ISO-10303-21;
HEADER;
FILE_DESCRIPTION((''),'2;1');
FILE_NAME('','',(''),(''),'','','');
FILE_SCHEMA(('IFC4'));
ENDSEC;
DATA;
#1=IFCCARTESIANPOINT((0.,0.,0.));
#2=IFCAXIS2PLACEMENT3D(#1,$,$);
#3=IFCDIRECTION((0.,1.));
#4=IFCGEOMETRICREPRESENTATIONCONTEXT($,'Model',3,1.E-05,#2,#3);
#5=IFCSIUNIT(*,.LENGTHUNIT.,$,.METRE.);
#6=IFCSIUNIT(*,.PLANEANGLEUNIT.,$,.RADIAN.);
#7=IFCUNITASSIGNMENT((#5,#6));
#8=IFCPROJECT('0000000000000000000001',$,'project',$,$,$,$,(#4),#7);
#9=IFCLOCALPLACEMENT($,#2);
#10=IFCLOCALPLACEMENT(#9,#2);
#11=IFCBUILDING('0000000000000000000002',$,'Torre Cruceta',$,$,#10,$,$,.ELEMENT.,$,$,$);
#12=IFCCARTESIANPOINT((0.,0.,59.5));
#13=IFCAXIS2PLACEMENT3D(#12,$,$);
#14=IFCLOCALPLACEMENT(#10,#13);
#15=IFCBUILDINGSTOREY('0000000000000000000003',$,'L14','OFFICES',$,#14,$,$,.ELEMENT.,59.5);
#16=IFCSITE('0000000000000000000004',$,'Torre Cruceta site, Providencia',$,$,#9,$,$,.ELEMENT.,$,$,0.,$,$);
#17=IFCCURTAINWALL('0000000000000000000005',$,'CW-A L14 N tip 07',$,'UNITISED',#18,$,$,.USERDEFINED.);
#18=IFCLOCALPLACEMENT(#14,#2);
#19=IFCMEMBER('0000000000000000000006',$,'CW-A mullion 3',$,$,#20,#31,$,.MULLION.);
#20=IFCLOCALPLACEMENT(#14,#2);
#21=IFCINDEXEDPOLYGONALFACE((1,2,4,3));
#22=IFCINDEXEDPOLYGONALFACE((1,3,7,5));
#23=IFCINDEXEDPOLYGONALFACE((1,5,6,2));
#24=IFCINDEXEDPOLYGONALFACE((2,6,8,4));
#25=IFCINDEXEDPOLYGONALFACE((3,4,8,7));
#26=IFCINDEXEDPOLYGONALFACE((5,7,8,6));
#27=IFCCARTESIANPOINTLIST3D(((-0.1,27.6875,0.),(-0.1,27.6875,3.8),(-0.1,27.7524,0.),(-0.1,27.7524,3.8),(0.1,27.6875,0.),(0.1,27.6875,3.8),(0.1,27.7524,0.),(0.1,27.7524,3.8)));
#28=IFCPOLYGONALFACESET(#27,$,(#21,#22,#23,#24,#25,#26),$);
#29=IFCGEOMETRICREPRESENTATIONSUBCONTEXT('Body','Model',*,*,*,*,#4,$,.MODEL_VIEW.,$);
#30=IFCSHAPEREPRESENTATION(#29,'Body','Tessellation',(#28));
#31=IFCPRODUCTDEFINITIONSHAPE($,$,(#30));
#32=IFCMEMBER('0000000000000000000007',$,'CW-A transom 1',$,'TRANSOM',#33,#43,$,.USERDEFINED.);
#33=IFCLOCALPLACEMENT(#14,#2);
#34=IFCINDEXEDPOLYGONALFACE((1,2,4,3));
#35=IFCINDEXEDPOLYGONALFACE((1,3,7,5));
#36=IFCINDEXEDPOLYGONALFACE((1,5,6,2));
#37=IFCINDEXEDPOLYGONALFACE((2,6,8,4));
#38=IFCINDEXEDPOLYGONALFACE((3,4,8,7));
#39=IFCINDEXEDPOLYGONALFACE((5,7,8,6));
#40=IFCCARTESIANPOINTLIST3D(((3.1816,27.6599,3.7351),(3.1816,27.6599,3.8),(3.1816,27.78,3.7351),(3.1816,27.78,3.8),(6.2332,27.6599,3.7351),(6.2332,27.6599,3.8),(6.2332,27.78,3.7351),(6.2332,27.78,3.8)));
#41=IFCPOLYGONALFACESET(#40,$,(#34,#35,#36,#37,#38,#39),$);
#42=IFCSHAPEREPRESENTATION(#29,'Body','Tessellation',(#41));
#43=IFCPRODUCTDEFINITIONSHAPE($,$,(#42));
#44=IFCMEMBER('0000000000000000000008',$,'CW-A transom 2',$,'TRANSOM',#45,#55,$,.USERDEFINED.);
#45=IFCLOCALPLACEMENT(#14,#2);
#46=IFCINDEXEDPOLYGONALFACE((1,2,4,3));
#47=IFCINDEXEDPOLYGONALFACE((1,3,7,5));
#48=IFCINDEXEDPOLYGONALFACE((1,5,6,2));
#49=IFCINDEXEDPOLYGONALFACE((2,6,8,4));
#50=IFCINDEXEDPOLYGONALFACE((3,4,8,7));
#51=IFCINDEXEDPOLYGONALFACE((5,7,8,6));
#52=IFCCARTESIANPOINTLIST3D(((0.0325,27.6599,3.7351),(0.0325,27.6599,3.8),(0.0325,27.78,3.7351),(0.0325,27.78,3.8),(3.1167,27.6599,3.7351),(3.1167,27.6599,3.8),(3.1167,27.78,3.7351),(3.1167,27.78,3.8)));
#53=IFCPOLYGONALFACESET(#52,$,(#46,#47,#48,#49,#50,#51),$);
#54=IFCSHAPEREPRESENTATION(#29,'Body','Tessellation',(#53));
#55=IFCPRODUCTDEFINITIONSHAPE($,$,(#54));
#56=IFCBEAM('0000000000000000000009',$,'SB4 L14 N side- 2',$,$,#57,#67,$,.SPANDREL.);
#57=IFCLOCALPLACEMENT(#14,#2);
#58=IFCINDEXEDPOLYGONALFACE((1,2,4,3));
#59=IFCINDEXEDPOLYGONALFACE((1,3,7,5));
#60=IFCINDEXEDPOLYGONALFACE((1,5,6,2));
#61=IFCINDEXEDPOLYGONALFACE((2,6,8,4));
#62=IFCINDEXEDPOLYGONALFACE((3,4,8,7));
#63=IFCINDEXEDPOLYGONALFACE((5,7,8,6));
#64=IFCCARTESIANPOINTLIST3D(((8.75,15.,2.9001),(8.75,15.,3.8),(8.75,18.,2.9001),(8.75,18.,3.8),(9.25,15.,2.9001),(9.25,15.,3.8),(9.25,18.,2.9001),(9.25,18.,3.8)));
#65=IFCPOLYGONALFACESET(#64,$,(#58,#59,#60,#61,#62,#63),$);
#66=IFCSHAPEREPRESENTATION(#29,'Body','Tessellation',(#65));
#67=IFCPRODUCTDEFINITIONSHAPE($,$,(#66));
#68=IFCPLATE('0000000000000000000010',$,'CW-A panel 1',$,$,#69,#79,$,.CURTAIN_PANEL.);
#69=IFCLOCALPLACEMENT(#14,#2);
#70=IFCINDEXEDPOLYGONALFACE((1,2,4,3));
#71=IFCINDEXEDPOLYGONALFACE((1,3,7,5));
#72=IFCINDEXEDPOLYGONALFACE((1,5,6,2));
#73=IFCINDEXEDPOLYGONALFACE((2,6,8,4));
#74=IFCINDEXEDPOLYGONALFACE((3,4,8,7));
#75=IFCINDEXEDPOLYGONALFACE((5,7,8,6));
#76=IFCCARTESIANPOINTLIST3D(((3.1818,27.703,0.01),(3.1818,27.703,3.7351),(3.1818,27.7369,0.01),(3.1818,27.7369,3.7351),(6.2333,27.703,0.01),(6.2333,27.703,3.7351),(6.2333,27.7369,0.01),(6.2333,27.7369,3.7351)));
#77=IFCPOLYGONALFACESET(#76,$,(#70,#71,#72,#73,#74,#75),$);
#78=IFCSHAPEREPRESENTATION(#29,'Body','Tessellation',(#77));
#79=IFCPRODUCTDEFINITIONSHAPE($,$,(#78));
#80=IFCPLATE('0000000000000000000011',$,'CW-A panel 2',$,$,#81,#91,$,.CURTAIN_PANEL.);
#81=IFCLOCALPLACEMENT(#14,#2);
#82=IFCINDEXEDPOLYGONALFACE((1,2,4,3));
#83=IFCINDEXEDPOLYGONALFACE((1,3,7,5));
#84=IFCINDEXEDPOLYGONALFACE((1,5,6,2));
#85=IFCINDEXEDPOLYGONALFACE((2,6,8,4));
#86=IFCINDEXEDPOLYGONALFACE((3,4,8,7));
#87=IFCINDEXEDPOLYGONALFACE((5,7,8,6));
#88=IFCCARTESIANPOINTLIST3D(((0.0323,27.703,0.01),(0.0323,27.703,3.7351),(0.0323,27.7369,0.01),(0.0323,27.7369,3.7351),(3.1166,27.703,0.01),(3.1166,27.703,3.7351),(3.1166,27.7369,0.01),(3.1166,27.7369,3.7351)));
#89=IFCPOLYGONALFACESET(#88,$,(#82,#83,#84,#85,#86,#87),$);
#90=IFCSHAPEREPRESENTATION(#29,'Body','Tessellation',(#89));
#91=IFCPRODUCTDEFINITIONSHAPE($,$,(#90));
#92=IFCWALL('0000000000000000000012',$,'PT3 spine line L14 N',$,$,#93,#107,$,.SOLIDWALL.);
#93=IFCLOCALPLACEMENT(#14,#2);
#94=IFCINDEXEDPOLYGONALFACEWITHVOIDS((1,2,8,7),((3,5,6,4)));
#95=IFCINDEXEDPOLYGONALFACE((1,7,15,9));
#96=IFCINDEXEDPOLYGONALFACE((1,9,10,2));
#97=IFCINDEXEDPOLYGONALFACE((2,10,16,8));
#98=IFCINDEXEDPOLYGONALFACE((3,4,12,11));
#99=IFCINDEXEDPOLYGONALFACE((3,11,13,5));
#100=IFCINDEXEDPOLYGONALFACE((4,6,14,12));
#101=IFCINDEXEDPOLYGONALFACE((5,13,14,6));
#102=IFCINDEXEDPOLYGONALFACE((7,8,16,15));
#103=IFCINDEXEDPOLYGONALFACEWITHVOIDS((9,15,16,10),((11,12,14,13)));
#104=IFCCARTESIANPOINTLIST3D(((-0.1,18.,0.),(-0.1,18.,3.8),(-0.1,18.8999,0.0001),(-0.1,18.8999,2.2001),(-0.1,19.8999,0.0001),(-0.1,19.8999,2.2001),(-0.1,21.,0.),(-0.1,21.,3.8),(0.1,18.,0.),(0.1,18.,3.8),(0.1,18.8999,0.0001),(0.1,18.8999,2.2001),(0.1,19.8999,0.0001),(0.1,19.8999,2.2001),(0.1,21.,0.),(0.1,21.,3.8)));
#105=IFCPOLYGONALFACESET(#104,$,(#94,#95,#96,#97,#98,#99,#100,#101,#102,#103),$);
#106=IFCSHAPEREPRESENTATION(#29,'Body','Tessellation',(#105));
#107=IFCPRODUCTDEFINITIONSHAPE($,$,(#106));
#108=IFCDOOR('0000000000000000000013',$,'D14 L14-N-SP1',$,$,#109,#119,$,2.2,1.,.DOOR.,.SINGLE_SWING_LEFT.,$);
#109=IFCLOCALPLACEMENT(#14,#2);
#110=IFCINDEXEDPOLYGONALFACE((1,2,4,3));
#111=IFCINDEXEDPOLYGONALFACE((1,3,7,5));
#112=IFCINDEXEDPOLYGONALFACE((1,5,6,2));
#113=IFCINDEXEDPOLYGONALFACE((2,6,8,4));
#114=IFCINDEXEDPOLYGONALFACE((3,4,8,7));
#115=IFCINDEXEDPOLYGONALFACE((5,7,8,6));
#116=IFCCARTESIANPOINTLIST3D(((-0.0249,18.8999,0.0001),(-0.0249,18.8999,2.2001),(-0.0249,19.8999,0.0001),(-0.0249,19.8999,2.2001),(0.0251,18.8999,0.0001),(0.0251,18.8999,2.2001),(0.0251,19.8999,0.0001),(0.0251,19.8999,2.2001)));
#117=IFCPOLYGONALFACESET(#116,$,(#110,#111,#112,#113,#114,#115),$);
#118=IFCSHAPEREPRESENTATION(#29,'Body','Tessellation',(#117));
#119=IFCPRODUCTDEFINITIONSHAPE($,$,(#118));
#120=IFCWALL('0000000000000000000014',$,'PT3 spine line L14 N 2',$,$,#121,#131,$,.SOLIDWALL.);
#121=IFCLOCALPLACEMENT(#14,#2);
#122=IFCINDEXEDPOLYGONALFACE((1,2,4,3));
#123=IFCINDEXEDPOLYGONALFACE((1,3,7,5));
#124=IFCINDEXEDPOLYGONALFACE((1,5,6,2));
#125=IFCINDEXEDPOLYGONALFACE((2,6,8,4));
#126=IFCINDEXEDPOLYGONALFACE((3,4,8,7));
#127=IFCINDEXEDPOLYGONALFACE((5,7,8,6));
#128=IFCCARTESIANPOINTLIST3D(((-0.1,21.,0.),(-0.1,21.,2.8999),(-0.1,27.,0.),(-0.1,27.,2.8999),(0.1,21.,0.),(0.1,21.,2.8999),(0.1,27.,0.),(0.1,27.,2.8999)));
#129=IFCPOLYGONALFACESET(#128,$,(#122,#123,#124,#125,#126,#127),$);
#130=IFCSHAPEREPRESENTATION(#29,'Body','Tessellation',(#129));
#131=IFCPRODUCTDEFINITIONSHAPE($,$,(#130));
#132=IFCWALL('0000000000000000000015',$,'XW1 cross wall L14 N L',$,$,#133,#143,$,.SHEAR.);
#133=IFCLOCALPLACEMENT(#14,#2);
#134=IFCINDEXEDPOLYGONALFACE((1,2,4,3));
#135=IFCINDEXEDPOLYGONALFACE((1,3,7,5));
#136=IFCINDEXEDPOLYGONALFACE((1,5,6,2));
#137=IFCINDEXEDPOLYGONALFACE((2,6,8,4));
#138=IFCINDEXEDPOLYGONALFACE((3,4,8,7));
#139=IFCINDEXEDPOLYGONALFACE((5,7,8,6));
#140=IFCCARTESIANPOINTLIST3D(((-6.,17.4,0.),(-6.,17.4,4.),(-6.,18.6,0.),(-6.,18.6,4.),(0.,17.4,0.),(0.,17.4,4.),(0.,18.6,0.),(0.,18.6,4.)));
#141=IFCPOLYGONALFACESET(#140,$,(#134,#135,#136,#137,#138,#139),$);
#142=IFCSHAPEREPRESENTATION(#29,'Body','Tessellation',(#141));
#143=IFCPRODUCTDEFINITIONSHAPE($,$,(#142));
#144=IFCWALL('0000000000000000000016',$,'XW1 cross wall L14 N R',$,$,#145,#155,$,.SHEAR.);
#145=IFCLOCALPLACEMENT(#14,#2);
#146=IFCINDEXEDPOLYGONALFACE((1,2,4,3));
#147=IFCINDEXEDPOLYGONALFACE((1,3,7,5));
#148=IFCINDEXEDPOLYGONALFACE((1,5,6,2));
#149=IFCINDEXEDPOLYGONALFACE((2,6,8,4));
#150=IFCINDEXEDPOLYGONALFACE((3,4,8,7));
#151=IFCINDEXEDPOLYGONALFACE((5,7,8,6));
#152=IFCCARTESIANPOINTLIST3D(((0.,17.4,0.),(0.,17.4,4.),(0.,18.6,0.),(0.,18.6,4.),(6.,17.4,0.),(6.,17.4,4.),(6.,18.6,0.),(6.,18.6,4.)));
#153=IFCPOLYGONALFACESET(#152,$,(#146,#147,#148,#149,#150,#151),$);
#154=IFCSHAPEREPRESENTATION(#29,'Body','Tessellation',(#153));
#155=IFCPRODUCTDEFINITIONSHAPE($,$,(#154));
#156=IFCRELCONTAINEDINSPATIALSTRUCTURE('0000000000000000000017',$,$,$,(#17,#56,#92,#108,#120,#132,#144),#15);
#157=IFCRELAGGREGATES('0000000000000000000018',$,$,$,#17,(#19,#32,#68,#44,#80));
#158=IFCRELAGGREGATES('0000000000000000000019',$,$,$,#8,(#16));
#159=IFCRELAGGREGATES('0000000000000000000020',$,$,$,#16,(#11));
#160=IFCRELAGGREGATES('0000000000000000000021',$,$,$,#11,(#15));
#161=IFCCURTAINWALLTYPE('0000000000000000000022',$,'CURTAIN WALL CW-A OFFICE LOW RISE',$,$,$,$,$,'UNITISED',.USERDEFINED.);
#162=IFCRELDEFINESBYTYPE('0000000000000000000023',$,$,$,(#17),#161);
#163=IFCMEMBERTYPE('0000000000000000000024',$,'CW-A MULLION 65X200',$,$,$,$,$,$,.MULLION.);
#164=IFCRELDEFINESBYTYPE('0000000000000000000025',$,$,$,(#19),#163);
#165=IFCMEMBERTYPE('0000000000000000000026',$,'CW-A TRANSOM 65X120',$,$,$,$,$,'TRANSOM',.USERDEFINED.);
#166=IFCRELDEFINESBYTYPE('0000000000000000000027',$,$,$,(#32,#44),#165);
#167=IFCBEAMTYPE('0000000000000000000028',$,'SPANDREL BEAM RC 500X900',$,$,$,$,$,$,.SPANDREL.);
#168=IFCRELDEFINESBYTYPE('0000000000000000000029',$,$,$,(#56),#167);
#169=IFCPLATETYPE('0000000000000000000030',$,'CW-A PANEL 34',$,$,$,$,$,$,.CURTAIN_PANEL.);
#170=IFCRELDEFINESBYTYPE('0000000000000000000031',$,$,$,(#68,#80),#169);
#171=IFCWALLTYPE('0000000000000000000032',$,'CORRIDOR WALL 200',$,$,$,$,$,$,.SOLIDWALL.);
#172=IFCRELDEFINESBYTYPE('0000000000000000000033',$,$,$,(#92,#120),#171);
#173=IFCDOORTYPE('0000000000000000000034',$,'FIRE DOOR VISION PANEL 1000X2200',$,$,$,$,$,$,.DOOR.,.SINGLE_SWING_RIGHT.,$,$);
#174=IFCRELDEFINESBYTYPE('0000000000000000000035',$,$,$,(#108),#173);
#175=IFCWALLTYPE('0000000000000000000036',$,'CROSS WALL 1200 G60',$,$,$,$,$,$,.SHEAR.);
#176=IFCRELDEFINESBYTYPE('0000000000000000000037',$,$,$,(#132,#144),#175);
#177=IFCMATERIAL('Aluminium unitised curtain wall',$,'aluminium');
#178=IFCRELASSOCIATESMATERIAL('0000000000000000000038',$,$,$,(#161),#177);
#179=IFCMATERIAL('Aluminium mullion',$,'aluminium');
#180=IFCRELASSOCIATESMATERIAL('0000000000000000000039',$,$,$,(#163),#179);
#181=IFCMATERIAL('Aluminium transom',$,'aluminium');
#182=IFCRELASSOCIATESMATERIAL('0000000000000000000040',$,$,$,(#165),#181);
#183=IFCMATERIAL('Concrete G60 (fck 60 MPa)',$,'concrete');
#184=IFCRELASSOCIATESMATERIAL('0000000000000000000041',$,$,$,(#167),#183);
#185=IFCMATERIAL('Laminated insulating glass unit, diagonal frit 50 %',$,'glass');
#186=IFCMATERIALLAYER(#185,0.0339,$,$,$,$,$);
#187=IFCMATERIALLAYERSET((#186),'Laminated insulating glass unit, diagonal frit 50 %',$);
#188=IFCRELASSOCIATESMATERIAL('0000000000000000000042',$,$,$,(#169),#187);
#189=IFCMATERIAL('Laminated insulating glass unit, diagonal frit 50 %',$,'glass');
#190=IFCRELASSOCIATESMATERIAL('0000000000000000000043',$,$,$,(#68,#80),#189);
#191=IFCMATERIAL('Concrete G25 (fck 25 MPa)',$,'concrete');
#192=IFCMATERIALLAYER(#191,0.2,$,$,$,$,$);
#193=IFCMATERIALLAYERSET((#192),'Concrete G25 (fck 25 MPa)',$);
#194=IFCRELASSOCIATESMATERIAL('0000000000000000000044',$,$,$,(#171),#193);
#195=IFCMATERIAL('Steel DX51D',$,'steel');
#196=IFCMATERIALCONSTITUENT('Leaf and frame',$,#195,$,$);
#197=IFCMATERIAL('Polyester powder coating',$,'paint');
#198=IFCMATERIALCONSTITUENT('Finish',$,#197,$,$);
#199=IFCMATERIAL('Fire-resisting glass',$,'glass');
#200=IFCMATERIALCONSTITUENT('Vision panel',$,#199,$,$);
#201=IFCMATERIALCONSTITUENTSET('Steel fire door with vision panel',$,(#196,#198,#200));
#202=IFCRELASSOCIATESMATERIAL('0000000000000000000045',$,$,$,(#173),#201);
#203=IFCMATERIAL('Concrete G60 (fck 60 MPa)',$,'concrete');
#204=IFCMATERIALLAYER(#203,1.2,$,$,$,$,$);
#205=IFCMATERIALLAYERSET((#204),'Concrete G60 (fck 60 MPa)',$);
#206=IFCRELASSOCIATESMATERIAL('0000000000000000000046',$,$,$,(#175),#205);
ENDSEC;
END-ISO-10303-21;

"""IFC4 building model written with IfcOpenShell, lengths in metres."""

from ifc_helpers import new_model, si_unit, direction, frame, frame_2d, origin, origin_2d, place, context, subcontext, project, spatial, rectangle, extrude, material, layer, layer_set, constituent, constituent_set, material_profile, profile_set, type_object, element, fill, aggregate, save


model = new_model("IFC4")

# Units and contexts
model_context = context("Model", 3, precision=1e-05, world=origin(), true_north=direction((0.0, 1.0)))
body_context = subcontext(model_context, "Body", "Model", "MODEL_VIEW")
ifc_project = project(units=[si_unit("LENGTHUNIT", "METRE"), si_unit("PLANEANGLEUNIT", "RADIAN")], contexts=[model_context])

# Site, building, storey
site_placement = place(None, origin())
site = spatial("IfcSite", under=ifc_project, at=site_placement, Name="Torre Cruceta site, Providencia", CompositionType="ELEMENT", RefElevation=0.0)
building_placement = place(site_placement, origin())
building = spatial("IfcBuilding", under=site, at=building_placement, Name="Torre Cruceta", CompositionType="ELEMENT")
storey_placement = place(building_placement, frame((0.0, 0.0, 59.5)))
storey = spatial("IfcBuildingStorey", under=building, at=storey_placement, Name="L14", Description="OFFICES", CompositionType="ELEMENT", Elevation=59.5)

# Curtain wall, members
ifc_material_1 = material(Name="Aluminium unitised curtain wall", Category="aluminium")
curtain_wall_type = type_object("IfcCurtainWallType", Name="CURTAIN WALL CW-A OFFICE LOW RISE", ElementType="UNITISED", PredefinedType="USERDEFINED", material=ifc_material_1)
curtain_wall_placement = place(storey_placement, origin())
curtain_wall = element("IfcCurtainWall", 1, at=curtain_wall_placement, inside=storey, type_object=curtain_wall_type, Name="CW-A L14 N tip 07", ObjectType="UNITISED", PredefinedType="USERDEFINED")
ifc_material_2 = material(Name="Aluminium mullion", Category="aluminium")
ifc_material_profile_1 = material_profile(ifc_material_2, rectangle(XDim=0.0649, YDim=0.2, at=origin_2d()), Name="AL 65X200")
ifc_profile_set_1 = profile_set([ifc_material_profile_1], Name="Aluminium mullion")
member_type_1 = type_object("IfcMemberType", Name="CW-A MULLION 65X200", PredefinedType="MULLION", material=ifc_profile_set_1)
member_1_placement = place(storey_placement, frame((0.0, 27.72, 0.0), z_axis=(0.0, 0.0, 1.0), x_axis=(0.0, -1.0, 0.0)))
member_1 = element("IfcMember", 2, at=member_1_placement, type_object=member_type_1, Name="CW-A mullion 3", PredefinedType="MULLION", context=body_context, shape_type="SweptSolid", body=[
    extrude(rectangle(XDim=0.0649, YDim=0.2, at=origin_2d()), origin(), (0.0, 0.0, 1.0), 3.8),
])
ifc_material_3 = material(Name="Aluminium transom", Category="aluminium")
ifc_material_profile_2 = material_profile(ifc_material_3, rectangle(XDim=0.1201, YDim=0.0649, at=origin_2d()), Name="AL 120X65")
ifc_profile_set_2 = profile_set([ifc_material_profile_2], Name="Aluminium transom")
member_type_2 = type_object("IfcMemberType", Name="CW-A TRANSOM 65X120", ElementType="TRANSOM", PredefinedType="USERDEFINED", material=ifc_profile_set_2)
member_2_placement = place(storey_placement, frame((6.2332, 27.72, 3.7676), z_axis=(-1.0, 0.0, 0.0), x_axis=(0.0, -1.0, 0.0)))
member_2 = element("IfcMember", 3, at=member_2_placement, type_object=member_type_2, Name="CW-A transom 1", ObjectType="TRANSOM", PredefinedType="USERDEFINED", context=body_context, shape_type="SweptSolid", body=[
    extrude(rectangle(XDim=0.1201, YDim=0.0649, at=origin_2d()), origin(), (0.0, 0.0, 1.0), 3.0515),
])
member_3_placement = place(storey_placement, frame((3.1167, 27.72, 3.7676), z_axis=(-1.0, 0.0, 0.0), x_axis=(0.0, -1.0, 0.0)))
member_3 = element("IfcMember", 4, at=member_3_placement, type_object=member_type_2, Name="CW-A transom 2", ObjectType="TRANSOM", PredefinedType="USERDEFINED", context=body_context, shape_type="SweptSolid", body=[
    extrude(rectangle(XDim=0.1201, YDim=0.0649, at=origin_2d()), origin(), (0.0, 0.0, 1.0), 3.0842),
])

# Beam
ifc_material_4 = material(Name="Concrete G60 (fck 60 MPa)", Category="concrete")
ifc_material_profile_3 = material_profile(ifc_material_4, rectangle(XDim=0.5, YDim=0.8999, at=origin_2d()), Name="RC 500X900")
ifc_profile_set_3 = profile_set([ifc_material_profile_3], Name="Concrete G60 (fck 60 MPa)")
beam_type_1 = type_object("IfcBeamType", Name="SPANDREL BEAM RC 500X900", PredefinedType="SPANDREL", material=ifc_profile_set_3)
beam_placement = place(storey_placement, frame((9.0, 15.0, 3.3501), z_axis=(0.0, 1.0, 0.0), x_axis=(-1.0, 0.0, 0.0)))
element("IfcBeam", 5, at=beam_placement, inside=storey, type_object=beam_type_1, Name="SB4 L14 N side- 2", PredefinedType="SPANDREL", context=body_context, shape_type="SweptSolid", body=[
    extrude(rectangle(XDim=0.5, YDim=0.8999, at=origin_2d()), origin(), (0.0, 0.0, 1.0), 3.0),
])

# Plates
ifc_material_5 = material(Name="Laminated insulating glass unit, diagonal frit 50 %", Category="glass")
ifc_material_6 = material(Name="Laminated insulating glass unit, diagonal frit 50 %", Category="glass")
ifc_layer_1 = layer(ifc_material_6, 0.0339)
ifc_layer_set_1 = layer_set([ifc_layer_1], Name="Laminated insulating glass unit, diagonal frit 50 %")
plate_type = type_object("IfcPlateType", Name="CW-A PANEL 34", PredefinedType="CURTAIN_PANEL", material=ifc_layer_set_1)
plate_1_placement = place(storey_placement, frame((4.7075, 27.72, 0.01), z_axis=(0.0, 0.0, 1.0), x_axis=(-1.0, 0.0, 0.0)))
plate_1 = element("IfcPlate", 6, at=plate_1_placement, type_object=plate_type, material=ifc_material_5, Name="CW-A panel 1", PredefinedType="CURTAIN_PANEL", context=body_context, shape_type="SweptSolid", body=[
    extrude(rectangle(XDim=3.0515, YDim=0.0339, at=origin_2d()), origin(), (0.0, 0.0, 1.0), 3.7251),
])
plate_2_placement = place(storey_placement, frame((1.5745, 27.72, 0.01), z_axis=(0.0, 0.0, 1.0), x_axis=(-1.0, 0.0, 0.0)))
plate_2 = element("IfcPlate", 7, at=plate_2_placement, type_object=plate_type, material=ifc_material_5, Name="CW-A panel 2", PredefinedType="CURTAIN_PANEL", context=body_context, shape_type="SweptSolid", body=[
    extrude(rectangle(XDim=3.0842, YDim=0.0339, at=origin_2d()), origin(), (0.0, 0.0, 1.0), 3.7251),
])
aggregate(curtain_wall, [member_1, member_2, plate_1, member_3, plate_2])

# Wall, opening, door
ifc_material_7 = material(Name="Concrete G25 (fck 25 MPa)", Category="concrete")
ifc_layer_2 = layer(ifc_material_7, 0.2)
ifc_layer_set_2 = layer_set([ifc_layer_2], Name="Concrete G25 (fck 25 MPa)")
wall_type_1 = type_object("IfcWallType", Name="CORRIDOR WALL 200", PredefinedType="SOLIDWALL", material=ifc_layer_set_2)
wall_1_placement = place(storey_placement, frame((0.0, 18.0, 0.0), z_axis=(0.0, 0.0, 1.0), x_axis=(0.0, 1.0, 0.0)))
wall_1 = element("IfcWall", 8, at=wall_1_placement, inside=storey, type_object=wall_type_1, Name="PT3 spine line L14 N", PredefinedType="SOLIDWALL", context=body_context, shape_type="SweptSolid", body=[
    extrude(rectangle(XDim=3.0, YDim=0.2, at=frame_2d((1.5, 0.0))), origin(), (0.0, 0.0, 1.0), 3.8),
])
opening_placement = place(wall_1_placement, frame((0.8999, 0.0, 0.0)))
opening = element("IfcOpeningElement", 9, at=opening_placement, cuts=wall_1, PredefinedType="OPENING", context=body_context, shape_type="SweptSolid", body=[
    extrude(rectangle(XDim=1.0, YDim=2.2, at=frame_2d((0.5, 1.1001))), frame((0.0, 0.1099, 0.0), z_axis=(0.0, -1.0, 0.0), x_axis=(1.0, 0.0, 0.0)), (0.0, 0.0, 1.0), 0.22),
])
ifc_material_8 = material(Name="Steel DX51D", Category="steel")
ifc_constituent_1 = constituent(ifc_material_8, Name="Leaf and frame")
ifc_material_9 = material(Name="Polyester powder coating", Category="paint")
ifc_constituent_2 = constituent(ifc_material_9, Name="Finish")
ifc_material_10 = material(Name="Fire-resisting glass", Category="glass")
ifc_constituent_3 = constituent(ifc_material_10, Name="Vision panel")
ifc_constituent_set = constituent_set(constituents=[ifc_constituent_1, ifc_constituent_2, ifc_constituent_3], Name="Steel fire door with vision panel")
door_type = type_object("IfcDoorType", Name="FIRE DOOR VISION PANEL 1000X2200", OperationType="SINGLE_SWING_RIGHT", PredefinedType="DOOR", material=ifc_constituent_set)
door_placement = place(opening_placement, origin())
door = element("IfcDoor", 10, at=door_placement, inside=storey, type_object=door_type, Name="D14 L14-N-SP1", OperationType="SINGLE_SWING_LEFT", OverallHeight=2.2, OverallWidth=1.0, PredefinedType="DOOR", context=body_context, shape_type="SweptSolid", body=[
    extrude(rectangle(XDim=1.0, YDim=2.2, at=frame_2d((0.5, 1.1001))), frame((0.0, 0.0249, 0.0), z_axis=(0.0, -1.0, 0.0), x_axis=(1.0, 0.0, 0.0)), (0.0, 0.0, 1.0), 0.05),
])
fill(opening, door)

# Walls
wall_2_placement = place(storey_placement, frame((0.0, 21.0, 0.0), z_axis=(0.0, 0.0, 1.0), x_axis=(0.0, 1.0, 0.0)))
element("IfcWall", 11, at=wall_2_placement, inside=storey, type_object=wall_type_1, Name="PT3 spine line L14 N 2", PredefinedType="SOLIDWALL", context=body_context, shape_type="SweptSolid", body=[
    extrude(rectangle(XDim=6.0, YDim=0.2, at=frame_2d((3.0, 0.0))), origin(), (0.0, 0.0, 1.0), 2.8999),
])
ifc_material_11 = material(Name="Concrete G60 (fck 60 MPa)", Category="concrete")
ifc_layer_3 = layer(ifc_material_11, 1.2)
ifc_layer_set_3 = layer_set([ifc_layer_3], Name="Concrete G60 (fck 60 MPa)")
wall_type_2 = type_object("IfcWallType", Name="CROSS WALL 1200 G60", PredefinedType="SHEAR", material=ifc_layer_set_3)
for number, where, z_axis, x_axis, name in (
    (12, (0.0, 18.0, 0.0), (0.0, 0.0, 1.0), (-1.0, 0.0, 0.0), "XW1 cross wall L14 N L"),
    (13, (0.0, 18.0, 0.0), (0.0, 0.0, 1.0), (1.0, 0.0, 0.0), "XW1 cross wall L14 N R"),
):
    element("IfcWall", number, at=place(storey_placement, frame(where, z_axis=z_axis, x_axis=x_axis)), inside=storey, type_object=wall_type_2, Name=name, PredefinedType="SHEAR", context=body_context, shape_type="SweptSolid", body=[
        extrude(rectangle(XDim=6.0, YDim=1.2, at=frame_2d((3.0, 0.0))), origin(), (0.0, 0.0, 1.0), 4.0),
    ])

save(model, "model.ifc")
